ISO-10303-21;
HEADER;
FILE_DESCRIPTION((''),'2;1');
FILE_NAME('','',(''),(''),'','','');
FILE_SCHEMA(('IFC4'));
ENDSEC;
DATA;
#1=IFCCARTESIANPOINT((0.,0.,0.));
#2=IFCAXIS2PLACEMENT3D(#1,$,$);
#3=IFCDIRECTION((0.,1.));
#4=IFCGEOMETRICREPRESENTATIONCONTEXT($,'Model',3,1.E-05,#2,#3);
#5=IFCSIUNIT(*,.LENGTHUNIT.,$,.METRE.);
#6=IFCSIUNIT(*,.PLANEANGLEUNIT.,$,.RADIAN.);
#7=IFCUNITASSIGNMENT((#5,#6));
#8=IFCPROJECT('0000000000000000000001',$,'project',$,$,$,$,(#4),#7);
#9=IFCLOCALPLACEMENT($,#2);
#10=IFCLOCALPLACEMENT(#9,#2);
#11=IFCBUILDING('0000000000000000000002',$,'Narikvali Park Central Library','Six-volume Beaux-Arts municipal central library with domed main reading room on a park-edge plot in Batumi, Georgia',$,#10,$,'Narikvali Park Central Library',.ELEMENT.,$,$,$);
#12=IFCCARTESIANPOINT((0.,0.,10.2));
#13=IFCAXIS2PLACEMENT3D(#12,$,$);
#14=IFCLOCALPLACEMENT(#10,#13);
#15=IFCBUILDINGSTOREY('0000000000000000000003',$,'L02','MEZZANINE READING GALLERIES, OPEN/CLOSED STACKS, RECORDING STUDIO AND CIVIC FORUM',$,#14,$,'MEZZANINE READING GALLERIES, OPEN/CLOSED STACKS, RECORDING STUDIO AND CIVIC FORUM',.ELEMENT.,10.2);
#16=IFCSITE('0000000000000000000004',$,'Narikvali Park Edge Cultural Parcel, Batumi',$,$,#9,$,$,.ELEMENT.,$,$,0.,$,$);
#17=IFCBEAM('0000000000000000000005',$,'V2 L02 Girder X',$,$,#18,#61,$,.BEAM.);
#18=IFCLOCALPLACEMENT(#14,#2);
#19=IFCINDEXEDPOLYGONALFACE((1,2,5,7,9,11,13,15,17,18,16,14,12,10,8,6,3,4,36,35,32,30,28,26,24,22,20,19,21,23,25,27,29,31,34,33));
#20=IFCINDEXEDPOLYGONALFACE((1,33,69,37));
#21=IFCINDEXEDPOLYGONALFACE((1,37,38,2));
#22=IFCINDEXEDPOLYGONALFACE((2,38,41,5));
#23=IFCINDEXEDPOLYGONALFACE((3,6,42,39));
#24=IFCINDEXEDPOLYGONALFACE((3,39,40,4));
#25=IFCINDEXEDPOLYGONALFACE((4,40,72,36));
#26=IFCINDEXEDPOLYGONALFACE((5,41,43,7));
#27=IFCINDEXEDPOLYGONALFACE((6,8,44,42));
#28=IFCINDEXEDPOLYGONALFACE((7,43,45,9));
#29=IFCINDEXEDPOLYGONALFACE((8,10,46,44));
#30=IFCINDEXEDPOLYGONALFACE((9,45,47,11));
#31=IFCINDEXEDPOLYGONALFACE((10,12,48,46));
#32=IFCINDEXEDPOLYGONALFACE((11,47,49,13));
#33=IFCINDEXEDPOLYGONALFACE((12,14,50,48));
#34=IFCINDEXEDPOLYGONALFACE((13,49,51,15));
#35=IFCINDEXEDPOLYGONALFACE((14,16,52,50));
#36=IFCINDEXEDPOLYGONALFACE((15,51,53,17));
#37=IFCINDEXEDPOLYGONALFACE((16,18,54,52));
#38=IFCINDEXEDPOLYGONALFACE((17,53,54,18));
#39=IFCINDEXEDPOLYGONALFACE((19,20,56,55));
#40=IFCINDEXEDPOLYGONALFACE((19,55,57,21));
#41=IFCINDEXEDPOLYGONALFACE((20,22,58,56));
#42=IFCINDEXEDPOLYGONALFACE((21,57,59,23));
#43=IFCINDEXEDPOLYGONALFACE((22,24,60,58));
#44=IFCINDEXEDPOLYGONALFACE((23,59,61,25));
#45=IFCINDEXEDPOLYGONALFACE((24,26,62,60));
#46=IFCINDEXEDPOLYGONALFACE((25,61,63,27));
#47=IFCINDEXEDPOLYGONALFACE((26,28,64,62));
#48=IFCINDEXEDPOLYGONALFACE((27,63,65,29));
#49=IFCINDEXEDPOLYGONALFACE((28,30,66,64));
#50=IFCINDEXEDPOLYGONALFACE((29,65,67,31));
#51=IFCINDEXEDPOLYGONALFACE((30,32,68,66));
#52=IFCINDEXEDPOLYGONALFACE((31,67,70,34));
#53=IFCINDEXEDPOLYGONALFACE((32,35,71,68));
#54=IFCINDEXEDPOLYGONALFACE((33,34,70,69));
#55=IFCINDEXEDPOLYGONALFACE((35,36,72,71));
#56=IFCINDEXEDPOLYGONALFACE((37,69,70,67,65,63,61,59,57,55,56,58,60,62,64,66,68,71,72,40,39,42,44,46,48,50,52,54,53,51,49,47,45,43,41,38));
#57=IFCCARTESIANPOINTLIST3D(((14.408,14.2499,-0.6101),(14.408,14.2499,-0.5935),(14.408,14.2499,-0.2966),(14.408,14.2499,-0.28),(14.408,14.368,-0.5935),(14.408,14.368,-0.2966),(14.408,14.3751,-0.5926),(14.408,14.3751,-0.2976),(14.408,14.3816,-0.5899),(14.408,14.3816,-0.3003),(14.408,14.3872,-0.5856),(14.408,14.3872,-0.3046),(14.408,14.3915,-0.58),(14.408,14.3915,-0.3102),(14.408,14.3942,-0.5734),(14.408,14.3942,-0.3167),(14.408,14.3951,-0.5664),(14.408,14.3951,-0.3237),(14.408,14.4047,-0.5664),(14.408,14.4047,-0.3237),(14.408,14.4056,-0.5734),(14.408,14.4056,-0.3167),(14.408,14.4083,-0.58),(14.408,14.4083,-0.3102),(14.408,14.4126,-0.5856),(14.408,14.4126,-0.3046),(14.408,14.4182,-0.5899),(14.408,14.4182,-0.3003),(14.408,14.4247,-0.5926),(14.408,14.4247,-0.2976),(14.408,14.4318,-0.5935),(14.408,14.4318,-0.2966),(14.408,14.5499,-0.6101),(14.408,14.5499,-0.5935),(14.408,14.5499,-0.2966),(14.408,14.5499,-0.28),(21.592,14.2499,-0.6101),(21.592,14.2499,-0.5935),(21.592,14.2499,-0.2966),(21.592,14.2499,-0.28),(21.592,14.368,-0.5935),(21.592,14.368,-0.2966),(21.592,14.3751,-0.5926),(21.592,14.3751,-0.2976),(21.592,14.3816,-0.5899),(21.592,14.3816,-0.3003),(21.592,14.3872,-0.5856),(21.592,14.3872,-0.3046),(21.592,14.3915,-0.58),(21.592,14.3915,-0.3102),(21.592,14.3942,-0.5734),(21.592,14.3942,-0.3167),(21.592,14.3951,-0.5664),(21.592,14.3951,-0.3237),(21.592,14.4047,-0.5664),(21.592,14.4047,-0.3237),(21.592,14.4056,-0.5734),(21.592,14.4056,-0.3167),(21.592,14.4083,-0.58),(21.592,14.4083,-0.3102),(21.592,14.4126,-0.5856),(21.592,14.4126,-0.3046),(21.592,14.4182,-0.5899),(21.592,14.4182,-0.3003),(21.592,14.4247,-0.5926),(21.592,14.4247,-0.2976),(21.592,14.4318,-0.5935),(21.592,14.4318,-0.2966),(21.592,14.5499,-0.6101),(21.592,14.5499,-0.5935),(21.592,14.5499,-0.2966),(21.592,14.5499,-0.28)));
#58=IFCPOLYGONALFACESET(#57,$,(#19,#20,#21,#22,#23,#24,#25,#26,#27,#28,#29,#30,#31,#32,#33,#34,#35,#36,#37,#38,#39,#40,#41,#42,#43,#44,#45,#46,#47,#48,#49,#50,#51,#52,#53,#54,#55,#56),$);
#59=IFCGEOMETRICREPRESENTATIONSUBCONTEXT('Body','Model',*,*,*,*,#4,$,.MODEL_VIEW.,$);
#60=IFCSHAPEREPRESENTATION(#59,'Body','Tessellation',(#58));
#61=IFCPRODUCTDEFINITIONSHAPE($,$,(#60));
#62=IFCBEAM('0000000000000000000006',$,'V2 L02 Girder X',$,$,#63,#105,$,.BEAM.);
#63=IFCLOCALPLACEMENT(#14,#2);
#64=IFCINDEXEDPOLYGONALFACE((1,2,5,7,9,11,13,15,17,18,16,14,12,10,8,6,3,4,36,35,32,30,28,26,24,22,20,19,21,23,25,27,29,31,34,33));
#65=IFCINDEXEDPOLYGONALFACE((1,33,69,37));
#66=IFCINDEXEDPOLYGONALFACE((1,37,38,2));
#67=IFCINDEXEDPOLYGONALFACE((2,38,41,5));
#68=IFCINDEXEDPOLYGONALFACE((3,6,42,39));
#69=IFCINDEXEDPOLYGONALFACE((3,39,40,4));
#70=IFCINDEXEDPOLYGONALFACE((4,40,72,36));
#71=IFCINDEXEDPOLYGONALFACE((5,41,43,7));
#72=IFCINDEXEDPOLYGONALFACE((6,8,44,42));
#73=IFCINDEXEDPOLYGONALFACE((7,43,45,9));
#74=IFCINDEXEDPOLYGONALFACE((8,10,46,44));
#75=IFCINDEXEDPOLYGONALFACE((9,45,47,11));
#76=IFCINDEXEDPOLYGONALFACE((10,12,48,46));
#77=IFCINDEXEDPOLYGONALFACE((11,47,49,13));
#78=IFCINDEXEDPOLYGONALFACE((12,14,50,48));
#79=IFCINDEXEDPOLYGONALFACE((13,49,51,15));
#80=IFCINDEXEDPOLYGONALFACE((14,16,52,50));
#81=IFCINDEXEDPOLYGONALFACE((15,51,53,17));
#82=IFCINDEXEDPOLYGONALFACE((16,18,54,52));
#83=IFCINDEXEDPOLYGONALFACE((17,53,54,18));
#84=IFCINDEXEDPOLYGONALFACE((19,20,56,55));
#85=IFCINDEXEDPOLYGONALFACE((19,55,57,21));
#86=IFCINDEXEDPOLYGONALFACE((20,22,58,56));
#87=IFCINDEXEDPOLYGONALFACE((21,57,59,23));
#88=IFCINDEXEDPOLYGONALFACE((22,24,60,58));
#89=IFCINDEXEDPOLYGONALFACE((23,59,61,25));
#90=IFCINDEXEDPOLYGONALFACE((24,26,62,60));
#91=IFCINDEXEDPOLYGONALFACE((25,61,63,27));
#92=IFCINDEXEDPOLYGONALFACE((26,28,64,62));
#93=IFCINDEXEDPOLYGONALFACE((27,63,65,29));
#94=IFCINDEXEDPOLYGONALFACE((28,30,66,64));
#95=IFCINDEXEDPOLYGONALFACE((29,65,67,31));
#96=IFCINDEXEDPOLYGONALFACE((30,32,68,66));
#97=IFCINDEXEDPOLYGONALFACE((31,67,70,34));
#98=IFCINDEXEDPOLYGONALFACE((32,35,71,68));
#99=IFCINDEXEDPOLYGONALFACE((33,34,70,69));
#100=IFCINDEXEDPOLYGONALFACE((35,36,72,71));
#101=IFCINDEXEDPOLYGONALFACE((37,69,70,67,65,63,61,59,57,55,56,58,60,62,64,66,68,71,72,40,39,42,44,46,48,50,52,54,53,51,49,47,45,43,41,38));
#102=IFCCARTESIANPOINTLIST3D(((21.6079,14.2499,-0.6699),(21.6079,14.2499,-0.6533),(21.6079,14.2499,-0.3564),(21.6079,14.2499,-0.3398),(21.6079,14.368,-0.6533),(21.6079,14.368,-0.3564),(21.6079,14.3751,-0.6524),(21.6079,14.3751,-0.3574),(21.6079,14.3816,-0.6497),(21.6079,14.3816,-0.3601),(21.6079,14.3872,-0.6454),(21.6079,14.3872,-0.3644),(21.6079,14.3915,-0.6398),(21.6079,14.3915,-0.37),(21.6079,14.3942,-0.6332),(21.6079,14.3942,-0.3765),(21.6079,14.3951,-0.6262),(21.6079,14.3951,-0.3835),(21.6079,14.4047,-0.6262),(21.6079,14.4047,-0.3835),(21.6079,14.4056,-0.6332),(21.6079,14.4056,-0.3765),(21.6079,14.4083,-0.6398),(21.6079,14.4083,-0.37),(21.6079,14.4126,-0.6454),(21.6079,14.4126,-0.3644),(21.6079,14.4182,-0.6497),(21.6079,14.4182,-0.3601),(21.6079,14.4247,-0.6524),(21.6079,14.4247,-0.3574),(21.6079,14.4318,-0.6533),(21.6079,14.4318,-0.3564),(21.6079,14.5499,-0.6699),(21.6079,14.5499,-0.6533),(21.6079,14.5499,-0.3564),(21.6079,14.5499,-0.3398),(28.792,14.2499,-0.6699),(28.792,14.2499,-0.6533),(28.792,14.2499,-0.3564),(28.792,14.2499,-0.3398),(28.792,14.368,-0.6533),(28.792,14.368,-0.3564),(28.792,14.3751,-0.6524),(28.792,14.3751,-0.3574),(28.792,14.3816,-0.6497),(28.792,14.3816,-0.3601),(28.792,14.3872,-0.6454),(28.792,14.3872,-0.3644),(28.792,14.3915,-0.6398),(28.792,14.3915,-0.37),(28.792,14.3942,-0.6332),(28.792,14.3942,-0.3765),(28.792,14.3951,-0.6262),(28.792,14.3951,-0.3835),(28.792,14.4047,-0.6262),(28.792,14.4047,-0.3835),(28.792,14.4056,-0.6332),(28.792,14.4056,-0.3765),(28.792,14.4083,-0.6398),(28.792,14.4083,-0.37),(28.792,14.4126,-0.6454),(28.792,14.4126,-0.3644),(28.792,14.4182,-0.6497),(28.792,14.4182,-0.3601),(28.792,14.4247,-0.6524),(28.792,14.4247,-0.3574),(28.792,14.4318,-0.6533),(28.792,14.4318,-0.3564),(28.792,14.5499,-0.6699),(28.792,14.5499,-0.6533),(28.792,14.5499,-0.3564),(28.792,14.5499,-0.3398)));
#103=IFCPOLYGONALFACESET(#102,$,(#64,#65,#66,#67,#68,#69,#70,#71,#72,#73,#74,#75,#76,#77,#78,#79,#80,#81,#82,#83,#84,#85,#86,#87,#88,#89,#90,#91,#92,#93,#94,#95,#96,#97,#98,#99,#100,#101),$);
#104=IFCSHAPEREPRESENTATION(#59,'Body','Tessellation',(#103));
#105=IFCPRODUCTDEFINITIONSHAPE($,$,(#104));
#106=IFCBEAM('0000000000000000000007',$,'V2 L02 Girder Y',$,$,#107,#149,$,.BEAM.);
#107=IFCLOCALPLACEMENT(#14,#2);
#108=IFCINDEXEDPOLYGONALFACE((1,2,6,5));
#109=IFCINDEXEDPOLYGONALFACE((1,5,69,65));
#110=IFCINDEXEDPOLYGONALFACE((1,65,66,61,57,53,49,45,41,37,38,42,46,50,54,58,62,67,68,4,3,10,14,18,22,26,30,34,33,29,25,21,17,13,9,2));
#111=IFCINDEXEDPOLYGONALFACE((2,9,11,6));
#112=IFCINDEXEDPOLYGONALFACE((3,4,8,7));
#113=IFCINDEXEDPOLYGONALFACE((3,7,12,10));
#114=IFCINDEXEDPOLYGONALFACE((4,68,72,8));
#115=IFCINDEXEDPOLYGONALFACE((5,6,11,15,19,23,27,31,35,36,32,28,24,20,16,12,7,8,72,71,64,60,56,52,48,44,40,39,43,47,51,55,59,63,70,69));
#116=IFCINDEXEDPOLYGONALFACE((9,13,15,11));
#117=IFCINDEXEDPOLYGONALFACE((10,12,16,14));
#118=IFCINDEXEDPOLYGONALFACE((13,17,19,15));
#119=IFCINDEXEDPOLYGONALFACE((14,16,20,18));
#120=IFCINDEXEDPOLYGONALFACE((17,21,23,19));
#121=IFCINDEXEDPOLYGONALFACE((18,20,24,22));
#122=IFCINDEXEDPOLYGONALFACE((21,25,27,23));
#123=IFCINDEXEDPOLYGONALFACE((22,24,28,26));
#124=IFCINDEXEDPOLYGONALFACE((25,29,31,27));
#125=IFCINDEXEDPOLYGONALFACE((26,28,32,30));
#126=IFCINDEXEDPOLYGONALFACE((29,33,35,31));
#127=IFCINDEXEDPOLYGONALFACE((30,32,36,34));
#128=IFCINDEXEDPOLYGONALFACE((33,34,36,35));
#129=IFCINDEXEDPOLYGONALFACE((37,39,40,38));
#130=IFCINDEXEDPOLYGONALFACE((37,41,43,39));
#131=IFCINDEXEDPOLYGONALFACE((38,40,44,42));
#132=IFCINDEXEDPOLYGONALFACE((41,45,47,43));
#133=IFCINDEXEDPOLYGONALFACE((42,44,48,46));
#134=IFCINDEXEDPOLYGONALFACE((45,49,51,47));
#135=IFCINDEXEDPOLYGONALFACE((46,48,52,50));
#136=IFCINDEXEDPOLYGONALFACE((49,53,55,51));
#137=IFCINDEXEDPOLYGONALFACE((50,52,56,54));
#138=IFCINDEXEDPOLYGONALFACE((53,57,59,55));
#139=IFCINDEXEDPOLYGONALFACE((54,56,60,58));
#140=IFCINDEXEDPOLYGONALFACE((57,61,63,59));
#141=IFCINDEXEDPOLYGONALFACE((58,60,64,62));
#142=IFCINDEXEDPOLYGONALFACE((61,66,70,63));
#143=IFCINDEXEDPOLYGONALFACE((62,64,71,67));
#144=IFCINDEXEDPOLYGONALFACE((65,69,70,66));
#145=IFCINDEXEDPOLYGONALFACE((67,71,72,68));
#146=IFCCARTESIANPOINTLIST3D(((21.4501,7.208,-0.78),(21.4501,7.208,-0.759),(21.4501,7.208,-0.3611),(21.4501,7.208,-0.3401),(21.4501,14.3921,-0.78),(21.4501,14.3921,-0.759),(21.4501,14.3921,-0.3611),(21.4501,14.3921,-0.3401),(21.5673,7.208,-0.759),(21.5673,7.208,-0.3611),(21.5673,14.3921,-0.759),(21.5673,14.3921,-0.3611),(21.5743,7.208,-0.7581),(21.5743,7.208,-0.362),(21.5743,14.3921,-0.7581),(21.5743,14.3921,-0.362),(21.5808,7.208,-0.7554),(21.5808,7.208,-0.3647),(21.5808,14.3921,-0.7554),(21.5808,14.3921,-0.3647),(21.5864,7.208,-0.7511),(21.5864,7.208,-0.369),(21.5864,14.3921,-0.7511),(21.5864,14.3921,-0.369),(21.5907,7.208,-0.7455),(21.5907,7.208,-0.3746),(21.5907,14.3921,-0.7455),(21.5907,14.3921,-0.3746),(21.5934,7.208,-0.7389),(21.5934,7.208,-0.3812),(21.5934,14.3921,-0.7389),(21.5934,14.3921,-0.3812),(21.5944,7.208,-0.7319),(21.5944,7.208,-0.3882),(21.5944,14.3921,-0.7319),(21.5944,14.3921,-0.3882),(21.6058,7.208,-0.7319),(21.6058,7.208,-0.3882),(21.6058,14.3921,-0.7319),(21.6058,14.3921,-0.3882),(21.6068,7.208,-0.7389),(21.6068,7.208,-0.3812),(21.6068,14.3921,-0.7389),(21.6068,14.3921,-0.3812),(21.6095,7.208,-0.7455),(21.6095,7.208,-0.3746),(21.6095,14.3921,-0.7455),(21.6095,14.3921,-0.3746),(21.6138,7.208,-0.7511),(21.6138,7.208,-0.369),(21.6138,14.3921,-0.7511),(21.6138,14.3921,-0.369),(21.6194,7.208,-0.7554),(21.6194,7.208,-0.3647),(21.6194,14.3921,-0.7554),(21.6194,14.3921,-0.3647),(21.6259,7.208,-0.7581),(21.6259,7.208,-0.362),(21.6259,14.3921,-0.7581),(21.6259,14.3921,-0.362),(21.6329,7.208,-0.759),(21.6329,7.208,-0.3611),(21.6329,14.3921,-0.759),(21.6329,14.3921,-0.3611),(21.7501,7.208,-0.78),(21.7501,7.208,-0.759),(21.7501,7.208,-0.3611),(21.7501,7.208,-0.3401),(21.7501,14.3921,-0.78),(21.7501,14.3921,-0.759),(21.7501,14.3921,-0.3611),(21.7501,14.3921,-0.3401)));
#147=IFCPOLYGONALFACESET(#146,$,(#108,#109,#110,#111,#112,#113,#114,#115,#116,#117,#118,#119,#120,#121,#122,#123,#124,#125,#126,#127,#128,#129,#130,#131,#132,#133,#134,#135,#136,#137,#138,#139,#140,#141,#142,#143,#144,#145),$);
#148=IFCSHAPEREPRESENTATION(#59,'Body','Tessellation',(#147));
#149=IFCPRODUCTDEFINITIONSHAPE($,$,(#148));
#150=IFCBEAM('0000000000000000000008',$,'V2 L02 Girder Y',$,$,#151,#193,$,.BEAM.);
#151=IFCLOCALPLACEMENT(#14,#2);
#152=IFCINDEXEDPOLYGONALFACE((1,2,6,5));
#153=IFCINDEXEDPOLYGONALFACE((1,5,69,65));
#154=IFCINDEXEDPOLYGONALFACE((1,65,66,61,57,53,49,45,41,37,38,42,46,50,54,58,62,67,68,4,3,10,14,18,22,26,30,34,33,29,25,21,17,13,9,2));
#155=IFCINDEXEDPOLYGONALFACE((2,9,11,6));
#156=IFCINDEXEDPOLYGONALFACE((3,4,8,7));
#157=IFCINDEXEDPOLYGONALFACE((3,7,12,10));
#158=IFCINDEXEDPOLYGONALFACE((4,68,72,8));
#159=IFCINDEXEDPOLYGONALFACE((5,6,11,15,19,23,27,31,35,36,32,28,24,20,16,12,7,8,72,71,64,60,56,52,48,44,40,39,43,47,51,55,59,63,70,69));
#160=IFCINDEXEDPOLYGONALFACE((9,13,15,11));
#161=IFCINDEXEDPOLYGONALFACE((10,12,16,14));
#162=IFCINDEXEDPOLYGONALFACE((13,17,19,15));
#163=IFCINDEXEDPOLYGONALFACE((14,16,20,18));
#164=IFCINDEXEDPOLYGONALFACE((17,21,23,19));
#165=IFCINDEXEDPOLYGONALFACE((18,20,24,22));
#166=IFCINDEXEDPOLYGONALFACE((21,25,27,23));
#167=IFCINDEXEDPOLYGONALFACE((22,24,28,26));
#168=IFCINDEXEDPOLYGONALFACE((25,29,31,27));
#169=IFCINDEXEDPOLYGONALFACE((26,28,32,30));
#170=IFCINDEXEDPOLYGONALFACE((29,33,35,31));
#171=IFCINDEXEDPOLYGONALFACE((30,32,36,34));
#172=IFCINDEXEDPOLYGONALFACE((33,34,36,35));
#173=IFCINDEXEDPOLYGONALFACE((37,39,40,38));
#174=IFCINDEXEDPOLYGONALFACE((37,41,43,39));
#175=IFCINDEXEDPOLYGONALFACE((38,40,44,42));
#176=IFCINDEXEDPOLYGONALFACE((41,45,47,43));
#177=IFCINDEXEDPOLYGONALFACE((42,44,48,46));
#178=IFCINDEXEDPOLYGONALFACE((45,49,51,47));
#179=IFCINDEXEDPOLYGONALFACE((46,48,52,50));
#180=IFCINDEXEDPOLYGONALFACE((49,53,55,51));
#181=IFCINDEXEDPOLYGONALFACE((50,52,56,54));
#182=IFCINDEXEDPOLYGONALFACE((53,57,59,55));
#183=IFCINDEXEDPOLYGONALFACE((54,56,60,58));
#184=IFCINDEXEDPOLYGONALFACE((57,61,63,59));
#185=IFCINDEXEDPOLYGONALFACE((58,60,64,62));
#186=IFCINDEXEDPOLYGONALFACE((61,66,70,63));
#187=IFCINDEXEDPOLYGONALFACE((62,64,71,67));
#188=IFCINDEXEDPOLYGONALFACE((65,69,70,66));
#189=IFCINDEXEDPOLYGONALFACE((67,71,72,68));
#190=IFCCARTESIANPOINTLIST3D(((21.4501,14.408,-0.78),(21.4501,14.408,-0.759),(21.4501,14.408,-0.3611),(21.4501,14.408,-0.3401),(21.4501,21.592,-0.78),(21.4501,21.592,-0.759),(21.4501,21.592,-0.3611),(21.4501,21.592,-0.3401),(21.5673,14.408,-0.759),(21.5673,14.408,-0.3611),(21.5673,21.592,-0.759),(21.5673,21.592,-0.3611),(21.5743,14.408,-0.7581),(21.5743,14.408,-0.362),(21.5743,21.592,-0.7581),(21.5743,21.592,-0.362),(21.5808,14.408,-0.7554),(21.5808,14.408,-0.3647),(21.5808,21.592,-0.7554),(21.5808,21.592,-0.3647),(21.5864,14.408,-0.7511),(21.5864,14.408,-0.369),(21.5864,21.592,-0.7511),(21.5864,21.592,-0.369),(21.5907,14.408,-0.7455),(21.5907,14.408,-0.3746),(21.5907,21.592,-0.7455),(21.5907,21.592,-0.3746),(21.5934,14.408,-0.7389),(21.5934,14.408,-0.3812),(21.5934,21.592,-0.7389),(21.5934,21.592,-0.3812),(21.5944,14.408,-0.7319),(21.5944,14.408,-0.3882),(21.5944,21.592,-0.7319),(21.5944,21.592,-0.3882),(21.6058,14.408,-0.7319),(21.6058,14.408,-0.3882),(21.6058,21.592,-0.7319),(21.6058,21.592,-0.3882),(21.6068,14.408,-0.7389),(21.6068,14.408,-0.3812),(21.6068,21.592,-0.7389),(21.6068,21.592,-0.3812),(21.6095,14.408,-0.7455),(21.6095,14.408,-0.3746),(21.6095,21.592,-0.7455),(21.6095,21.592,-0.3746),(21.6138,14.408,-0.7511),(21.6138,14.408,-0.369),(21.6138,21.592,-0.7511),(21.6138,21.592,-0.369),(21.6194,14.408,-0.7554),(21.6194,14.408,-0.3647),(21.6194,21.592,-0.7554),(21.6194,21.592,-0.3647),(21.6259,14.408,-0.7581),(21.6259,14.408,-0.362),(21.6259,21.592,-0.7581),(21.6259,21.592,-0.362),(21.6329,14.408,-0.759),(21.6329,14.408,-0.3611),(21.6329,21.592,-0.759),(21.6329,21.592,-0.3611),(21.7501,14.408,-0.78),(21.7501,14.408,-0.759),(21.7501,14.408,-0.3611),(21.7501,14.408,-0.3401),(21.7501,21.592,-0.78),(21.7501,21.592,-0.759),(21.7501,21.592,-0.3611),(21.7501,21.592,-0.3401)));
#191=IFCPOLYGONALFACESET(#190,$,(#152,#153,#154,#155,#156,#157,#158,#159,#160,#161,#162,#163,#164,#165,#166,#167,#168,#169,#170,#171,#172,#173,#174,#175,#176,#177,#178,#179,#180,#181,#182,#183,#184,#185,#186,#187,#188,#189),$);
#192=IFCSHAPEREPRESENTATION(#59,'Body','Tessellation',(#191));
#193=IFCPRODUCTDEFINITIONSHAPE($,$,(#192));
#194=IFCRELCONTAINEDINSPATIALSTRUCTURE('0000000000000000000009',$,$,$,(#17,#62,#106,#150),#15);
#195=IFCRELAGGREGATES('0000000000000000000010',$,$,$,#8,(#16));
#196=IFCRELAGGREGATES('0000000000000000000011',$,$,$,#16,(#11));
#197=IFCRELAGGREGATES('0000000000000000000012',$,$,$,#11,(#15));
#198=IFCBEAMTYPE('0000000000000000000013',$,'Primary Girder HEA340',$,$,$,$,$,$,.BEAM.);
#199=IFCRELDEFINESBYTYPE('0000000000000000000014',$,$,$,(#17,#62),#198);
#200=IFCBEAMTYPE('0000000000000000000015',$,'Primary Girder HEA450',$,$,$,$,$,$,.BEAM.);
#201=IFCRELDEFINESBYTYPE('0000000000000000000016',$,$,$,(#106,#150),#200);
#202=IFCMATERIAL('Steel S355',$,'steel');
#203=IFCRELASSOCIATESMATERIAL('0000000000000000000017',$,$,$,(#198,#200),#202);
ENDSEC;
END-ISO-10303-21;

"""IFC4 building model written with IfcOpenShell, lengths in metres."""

from ifc_helpers import new_model, si_unit, direction, frame, origin, origin_2d, place, context, subcontext, project, spatial, i_section, extrude, material, material_profile, profile_set, type_object, element, save


model = new_model("IFC4")

# Units and contexts
model_context = context("Model", 3, precision=1e-05, world=origin(), true_north=direction((0.0, 1.0)))
body_context = subcontext(model_context, "Body", "Model", "MODEL_VIEW")
ifc_project = project(units=[si_unit("LENGTHUNIT", "METRE"), si_unit("PLANEANGLEUNIT", "RADIAN")], contexts=[model_context])

# Site, building, storey
site_placement = place(None, origin())
site = spatial("IfcSite", under=ifc_project, at=site_placement, Name="Narikvali Park Edge Cultural Parcel, Batumi", CompositionType="ELEMENT", RefElevation=0.0)
building_placement = place(site_placement, origin())
building = spatial("IfcBuilding", under=site, at=building_placement, Name="Narikvali Park Central Library", Description="Six-volume Beaux-Arts municipal central library with domed main reading room on a park-edge plot in Batumi, Georgia", LongName="Narikvali Park Central Library", CompositionType="ELEMENT")
storey_placement = place(building_placement, frame((0.0, 0.0, 10.2)))
storey = spatial("IfcBuildingStorey", under=building, at=storey_placement, Name="L02", Description="MEZZANINE READING GALLERIES, OPEN/CLOSED STACKS, RECORDING STUDIO AND CIVIC FORUM", LongName="MEZZANINE READING GALLERIES, OPEN/CLOSED STACKS, RECORDING STUDIO AND CIVIC FORUM", CompositionType="ELEMENT", Elevation=10.2)

# Shared definitions
ifc_material_1 = material(Name="Steel S355", Category="steel")

# Beams
ifc_material_profile_1 = material_profile(ifc_material_1, i_section(OverallWidth=0.3, OverallDepth=0.3301, WebThickness=0.0095, FlangeThickness=0.0166, FilletRadius=0.0271, at=origin_2d()), Name="HEA 340")
ifc_profile_set_1 = profile_set([ifc_material_profile_1], Name="Steel S355")
beam_type_1 = type_object("IfcBeamType", Name="Primary Girder HEA340", PredefinedType="BEAM", material=ifc_profile_set_1)
for number, where, z_axis, x_axis, name in (
    (1, (14.408, 14.3999, -0.4451), (1.0, 0.0, 0.0), (0.0, 1.0, 0.0), "V2 L02 Girder X"),
    (2, (21.6079, 14.3999, -0.5049), (1.0, 0.0, 0.0), (0.0, 1.0, 0.0), "V2 L02 Girder X"),
):
    element("IfcBeam", number, at=place(storey_placement, frame(where, z_axis=z_axis, x_axis=x_axis)), inside=storey, type_object=beam_type_1, Name=name, PredefinedType="BEAM", context=body_context, shape_type="SweptSolid", body=[
        extrude(i_section(OverallWidth=0.3, OverallDepth=0.3301, WebThickness=0.0095, FlangeThickness=0.0166, FilletRadius=0.0271, at=origin_2d()), origin(), (0.0, 0.0, 1.0), 7.1841),
    ])
ifc_material_profile_2 = material_profile(ifc_material_1, i_section(OverallWidth=0.3, OverallDepth=0.4399, WebThickness=0.0115, FlangeThickness=0.021, FilletRadius=0.0271, at=origin_2d()), Name="HEA 450")
ifc_profile_set_2 = profile_set([ifc_material_profile_2], Name="Steel S355")
beam_type_2 = type_object("IfcBeamType", Name="Primary Girder HEA450", PredefinedType="BEAM", material=ifc_profile_set_2)
for number, where, z_axis, x_axis, name in (
    (3, (21.6001, 7.208, -0.5601), (0.0, 1.0, 0.0), (-1.0, 0.0, 0.0), "V2 L02 Girder Y"),
    (4, (21.6001, 14.408, -0.5601), (0.0, 1.0, 0.0), (-1.0, 0.0, 0.0), "V2 L02 Girder Y"),
):
    element("IfcBeam", number, at=place(storey_placement, frame(where, z_axis=z_axis, x_axis=x_axis)), inside=storey, type_object=beam_type_2, Name=name, PredefinedType="BEAM", context=body_context, shape_type="SweptSolid", body=[
        extrude(i_section(OverallWidth=0.3, OverallDepth=0.4399, WebThickness=0.0115, FlangeThickness=0.021, FilletRadius=0.0271, at=origin_2d()), origin(), (0.0, 0.0, 1.0), 7.1841),
    ])

save(model, "model.ifc")
